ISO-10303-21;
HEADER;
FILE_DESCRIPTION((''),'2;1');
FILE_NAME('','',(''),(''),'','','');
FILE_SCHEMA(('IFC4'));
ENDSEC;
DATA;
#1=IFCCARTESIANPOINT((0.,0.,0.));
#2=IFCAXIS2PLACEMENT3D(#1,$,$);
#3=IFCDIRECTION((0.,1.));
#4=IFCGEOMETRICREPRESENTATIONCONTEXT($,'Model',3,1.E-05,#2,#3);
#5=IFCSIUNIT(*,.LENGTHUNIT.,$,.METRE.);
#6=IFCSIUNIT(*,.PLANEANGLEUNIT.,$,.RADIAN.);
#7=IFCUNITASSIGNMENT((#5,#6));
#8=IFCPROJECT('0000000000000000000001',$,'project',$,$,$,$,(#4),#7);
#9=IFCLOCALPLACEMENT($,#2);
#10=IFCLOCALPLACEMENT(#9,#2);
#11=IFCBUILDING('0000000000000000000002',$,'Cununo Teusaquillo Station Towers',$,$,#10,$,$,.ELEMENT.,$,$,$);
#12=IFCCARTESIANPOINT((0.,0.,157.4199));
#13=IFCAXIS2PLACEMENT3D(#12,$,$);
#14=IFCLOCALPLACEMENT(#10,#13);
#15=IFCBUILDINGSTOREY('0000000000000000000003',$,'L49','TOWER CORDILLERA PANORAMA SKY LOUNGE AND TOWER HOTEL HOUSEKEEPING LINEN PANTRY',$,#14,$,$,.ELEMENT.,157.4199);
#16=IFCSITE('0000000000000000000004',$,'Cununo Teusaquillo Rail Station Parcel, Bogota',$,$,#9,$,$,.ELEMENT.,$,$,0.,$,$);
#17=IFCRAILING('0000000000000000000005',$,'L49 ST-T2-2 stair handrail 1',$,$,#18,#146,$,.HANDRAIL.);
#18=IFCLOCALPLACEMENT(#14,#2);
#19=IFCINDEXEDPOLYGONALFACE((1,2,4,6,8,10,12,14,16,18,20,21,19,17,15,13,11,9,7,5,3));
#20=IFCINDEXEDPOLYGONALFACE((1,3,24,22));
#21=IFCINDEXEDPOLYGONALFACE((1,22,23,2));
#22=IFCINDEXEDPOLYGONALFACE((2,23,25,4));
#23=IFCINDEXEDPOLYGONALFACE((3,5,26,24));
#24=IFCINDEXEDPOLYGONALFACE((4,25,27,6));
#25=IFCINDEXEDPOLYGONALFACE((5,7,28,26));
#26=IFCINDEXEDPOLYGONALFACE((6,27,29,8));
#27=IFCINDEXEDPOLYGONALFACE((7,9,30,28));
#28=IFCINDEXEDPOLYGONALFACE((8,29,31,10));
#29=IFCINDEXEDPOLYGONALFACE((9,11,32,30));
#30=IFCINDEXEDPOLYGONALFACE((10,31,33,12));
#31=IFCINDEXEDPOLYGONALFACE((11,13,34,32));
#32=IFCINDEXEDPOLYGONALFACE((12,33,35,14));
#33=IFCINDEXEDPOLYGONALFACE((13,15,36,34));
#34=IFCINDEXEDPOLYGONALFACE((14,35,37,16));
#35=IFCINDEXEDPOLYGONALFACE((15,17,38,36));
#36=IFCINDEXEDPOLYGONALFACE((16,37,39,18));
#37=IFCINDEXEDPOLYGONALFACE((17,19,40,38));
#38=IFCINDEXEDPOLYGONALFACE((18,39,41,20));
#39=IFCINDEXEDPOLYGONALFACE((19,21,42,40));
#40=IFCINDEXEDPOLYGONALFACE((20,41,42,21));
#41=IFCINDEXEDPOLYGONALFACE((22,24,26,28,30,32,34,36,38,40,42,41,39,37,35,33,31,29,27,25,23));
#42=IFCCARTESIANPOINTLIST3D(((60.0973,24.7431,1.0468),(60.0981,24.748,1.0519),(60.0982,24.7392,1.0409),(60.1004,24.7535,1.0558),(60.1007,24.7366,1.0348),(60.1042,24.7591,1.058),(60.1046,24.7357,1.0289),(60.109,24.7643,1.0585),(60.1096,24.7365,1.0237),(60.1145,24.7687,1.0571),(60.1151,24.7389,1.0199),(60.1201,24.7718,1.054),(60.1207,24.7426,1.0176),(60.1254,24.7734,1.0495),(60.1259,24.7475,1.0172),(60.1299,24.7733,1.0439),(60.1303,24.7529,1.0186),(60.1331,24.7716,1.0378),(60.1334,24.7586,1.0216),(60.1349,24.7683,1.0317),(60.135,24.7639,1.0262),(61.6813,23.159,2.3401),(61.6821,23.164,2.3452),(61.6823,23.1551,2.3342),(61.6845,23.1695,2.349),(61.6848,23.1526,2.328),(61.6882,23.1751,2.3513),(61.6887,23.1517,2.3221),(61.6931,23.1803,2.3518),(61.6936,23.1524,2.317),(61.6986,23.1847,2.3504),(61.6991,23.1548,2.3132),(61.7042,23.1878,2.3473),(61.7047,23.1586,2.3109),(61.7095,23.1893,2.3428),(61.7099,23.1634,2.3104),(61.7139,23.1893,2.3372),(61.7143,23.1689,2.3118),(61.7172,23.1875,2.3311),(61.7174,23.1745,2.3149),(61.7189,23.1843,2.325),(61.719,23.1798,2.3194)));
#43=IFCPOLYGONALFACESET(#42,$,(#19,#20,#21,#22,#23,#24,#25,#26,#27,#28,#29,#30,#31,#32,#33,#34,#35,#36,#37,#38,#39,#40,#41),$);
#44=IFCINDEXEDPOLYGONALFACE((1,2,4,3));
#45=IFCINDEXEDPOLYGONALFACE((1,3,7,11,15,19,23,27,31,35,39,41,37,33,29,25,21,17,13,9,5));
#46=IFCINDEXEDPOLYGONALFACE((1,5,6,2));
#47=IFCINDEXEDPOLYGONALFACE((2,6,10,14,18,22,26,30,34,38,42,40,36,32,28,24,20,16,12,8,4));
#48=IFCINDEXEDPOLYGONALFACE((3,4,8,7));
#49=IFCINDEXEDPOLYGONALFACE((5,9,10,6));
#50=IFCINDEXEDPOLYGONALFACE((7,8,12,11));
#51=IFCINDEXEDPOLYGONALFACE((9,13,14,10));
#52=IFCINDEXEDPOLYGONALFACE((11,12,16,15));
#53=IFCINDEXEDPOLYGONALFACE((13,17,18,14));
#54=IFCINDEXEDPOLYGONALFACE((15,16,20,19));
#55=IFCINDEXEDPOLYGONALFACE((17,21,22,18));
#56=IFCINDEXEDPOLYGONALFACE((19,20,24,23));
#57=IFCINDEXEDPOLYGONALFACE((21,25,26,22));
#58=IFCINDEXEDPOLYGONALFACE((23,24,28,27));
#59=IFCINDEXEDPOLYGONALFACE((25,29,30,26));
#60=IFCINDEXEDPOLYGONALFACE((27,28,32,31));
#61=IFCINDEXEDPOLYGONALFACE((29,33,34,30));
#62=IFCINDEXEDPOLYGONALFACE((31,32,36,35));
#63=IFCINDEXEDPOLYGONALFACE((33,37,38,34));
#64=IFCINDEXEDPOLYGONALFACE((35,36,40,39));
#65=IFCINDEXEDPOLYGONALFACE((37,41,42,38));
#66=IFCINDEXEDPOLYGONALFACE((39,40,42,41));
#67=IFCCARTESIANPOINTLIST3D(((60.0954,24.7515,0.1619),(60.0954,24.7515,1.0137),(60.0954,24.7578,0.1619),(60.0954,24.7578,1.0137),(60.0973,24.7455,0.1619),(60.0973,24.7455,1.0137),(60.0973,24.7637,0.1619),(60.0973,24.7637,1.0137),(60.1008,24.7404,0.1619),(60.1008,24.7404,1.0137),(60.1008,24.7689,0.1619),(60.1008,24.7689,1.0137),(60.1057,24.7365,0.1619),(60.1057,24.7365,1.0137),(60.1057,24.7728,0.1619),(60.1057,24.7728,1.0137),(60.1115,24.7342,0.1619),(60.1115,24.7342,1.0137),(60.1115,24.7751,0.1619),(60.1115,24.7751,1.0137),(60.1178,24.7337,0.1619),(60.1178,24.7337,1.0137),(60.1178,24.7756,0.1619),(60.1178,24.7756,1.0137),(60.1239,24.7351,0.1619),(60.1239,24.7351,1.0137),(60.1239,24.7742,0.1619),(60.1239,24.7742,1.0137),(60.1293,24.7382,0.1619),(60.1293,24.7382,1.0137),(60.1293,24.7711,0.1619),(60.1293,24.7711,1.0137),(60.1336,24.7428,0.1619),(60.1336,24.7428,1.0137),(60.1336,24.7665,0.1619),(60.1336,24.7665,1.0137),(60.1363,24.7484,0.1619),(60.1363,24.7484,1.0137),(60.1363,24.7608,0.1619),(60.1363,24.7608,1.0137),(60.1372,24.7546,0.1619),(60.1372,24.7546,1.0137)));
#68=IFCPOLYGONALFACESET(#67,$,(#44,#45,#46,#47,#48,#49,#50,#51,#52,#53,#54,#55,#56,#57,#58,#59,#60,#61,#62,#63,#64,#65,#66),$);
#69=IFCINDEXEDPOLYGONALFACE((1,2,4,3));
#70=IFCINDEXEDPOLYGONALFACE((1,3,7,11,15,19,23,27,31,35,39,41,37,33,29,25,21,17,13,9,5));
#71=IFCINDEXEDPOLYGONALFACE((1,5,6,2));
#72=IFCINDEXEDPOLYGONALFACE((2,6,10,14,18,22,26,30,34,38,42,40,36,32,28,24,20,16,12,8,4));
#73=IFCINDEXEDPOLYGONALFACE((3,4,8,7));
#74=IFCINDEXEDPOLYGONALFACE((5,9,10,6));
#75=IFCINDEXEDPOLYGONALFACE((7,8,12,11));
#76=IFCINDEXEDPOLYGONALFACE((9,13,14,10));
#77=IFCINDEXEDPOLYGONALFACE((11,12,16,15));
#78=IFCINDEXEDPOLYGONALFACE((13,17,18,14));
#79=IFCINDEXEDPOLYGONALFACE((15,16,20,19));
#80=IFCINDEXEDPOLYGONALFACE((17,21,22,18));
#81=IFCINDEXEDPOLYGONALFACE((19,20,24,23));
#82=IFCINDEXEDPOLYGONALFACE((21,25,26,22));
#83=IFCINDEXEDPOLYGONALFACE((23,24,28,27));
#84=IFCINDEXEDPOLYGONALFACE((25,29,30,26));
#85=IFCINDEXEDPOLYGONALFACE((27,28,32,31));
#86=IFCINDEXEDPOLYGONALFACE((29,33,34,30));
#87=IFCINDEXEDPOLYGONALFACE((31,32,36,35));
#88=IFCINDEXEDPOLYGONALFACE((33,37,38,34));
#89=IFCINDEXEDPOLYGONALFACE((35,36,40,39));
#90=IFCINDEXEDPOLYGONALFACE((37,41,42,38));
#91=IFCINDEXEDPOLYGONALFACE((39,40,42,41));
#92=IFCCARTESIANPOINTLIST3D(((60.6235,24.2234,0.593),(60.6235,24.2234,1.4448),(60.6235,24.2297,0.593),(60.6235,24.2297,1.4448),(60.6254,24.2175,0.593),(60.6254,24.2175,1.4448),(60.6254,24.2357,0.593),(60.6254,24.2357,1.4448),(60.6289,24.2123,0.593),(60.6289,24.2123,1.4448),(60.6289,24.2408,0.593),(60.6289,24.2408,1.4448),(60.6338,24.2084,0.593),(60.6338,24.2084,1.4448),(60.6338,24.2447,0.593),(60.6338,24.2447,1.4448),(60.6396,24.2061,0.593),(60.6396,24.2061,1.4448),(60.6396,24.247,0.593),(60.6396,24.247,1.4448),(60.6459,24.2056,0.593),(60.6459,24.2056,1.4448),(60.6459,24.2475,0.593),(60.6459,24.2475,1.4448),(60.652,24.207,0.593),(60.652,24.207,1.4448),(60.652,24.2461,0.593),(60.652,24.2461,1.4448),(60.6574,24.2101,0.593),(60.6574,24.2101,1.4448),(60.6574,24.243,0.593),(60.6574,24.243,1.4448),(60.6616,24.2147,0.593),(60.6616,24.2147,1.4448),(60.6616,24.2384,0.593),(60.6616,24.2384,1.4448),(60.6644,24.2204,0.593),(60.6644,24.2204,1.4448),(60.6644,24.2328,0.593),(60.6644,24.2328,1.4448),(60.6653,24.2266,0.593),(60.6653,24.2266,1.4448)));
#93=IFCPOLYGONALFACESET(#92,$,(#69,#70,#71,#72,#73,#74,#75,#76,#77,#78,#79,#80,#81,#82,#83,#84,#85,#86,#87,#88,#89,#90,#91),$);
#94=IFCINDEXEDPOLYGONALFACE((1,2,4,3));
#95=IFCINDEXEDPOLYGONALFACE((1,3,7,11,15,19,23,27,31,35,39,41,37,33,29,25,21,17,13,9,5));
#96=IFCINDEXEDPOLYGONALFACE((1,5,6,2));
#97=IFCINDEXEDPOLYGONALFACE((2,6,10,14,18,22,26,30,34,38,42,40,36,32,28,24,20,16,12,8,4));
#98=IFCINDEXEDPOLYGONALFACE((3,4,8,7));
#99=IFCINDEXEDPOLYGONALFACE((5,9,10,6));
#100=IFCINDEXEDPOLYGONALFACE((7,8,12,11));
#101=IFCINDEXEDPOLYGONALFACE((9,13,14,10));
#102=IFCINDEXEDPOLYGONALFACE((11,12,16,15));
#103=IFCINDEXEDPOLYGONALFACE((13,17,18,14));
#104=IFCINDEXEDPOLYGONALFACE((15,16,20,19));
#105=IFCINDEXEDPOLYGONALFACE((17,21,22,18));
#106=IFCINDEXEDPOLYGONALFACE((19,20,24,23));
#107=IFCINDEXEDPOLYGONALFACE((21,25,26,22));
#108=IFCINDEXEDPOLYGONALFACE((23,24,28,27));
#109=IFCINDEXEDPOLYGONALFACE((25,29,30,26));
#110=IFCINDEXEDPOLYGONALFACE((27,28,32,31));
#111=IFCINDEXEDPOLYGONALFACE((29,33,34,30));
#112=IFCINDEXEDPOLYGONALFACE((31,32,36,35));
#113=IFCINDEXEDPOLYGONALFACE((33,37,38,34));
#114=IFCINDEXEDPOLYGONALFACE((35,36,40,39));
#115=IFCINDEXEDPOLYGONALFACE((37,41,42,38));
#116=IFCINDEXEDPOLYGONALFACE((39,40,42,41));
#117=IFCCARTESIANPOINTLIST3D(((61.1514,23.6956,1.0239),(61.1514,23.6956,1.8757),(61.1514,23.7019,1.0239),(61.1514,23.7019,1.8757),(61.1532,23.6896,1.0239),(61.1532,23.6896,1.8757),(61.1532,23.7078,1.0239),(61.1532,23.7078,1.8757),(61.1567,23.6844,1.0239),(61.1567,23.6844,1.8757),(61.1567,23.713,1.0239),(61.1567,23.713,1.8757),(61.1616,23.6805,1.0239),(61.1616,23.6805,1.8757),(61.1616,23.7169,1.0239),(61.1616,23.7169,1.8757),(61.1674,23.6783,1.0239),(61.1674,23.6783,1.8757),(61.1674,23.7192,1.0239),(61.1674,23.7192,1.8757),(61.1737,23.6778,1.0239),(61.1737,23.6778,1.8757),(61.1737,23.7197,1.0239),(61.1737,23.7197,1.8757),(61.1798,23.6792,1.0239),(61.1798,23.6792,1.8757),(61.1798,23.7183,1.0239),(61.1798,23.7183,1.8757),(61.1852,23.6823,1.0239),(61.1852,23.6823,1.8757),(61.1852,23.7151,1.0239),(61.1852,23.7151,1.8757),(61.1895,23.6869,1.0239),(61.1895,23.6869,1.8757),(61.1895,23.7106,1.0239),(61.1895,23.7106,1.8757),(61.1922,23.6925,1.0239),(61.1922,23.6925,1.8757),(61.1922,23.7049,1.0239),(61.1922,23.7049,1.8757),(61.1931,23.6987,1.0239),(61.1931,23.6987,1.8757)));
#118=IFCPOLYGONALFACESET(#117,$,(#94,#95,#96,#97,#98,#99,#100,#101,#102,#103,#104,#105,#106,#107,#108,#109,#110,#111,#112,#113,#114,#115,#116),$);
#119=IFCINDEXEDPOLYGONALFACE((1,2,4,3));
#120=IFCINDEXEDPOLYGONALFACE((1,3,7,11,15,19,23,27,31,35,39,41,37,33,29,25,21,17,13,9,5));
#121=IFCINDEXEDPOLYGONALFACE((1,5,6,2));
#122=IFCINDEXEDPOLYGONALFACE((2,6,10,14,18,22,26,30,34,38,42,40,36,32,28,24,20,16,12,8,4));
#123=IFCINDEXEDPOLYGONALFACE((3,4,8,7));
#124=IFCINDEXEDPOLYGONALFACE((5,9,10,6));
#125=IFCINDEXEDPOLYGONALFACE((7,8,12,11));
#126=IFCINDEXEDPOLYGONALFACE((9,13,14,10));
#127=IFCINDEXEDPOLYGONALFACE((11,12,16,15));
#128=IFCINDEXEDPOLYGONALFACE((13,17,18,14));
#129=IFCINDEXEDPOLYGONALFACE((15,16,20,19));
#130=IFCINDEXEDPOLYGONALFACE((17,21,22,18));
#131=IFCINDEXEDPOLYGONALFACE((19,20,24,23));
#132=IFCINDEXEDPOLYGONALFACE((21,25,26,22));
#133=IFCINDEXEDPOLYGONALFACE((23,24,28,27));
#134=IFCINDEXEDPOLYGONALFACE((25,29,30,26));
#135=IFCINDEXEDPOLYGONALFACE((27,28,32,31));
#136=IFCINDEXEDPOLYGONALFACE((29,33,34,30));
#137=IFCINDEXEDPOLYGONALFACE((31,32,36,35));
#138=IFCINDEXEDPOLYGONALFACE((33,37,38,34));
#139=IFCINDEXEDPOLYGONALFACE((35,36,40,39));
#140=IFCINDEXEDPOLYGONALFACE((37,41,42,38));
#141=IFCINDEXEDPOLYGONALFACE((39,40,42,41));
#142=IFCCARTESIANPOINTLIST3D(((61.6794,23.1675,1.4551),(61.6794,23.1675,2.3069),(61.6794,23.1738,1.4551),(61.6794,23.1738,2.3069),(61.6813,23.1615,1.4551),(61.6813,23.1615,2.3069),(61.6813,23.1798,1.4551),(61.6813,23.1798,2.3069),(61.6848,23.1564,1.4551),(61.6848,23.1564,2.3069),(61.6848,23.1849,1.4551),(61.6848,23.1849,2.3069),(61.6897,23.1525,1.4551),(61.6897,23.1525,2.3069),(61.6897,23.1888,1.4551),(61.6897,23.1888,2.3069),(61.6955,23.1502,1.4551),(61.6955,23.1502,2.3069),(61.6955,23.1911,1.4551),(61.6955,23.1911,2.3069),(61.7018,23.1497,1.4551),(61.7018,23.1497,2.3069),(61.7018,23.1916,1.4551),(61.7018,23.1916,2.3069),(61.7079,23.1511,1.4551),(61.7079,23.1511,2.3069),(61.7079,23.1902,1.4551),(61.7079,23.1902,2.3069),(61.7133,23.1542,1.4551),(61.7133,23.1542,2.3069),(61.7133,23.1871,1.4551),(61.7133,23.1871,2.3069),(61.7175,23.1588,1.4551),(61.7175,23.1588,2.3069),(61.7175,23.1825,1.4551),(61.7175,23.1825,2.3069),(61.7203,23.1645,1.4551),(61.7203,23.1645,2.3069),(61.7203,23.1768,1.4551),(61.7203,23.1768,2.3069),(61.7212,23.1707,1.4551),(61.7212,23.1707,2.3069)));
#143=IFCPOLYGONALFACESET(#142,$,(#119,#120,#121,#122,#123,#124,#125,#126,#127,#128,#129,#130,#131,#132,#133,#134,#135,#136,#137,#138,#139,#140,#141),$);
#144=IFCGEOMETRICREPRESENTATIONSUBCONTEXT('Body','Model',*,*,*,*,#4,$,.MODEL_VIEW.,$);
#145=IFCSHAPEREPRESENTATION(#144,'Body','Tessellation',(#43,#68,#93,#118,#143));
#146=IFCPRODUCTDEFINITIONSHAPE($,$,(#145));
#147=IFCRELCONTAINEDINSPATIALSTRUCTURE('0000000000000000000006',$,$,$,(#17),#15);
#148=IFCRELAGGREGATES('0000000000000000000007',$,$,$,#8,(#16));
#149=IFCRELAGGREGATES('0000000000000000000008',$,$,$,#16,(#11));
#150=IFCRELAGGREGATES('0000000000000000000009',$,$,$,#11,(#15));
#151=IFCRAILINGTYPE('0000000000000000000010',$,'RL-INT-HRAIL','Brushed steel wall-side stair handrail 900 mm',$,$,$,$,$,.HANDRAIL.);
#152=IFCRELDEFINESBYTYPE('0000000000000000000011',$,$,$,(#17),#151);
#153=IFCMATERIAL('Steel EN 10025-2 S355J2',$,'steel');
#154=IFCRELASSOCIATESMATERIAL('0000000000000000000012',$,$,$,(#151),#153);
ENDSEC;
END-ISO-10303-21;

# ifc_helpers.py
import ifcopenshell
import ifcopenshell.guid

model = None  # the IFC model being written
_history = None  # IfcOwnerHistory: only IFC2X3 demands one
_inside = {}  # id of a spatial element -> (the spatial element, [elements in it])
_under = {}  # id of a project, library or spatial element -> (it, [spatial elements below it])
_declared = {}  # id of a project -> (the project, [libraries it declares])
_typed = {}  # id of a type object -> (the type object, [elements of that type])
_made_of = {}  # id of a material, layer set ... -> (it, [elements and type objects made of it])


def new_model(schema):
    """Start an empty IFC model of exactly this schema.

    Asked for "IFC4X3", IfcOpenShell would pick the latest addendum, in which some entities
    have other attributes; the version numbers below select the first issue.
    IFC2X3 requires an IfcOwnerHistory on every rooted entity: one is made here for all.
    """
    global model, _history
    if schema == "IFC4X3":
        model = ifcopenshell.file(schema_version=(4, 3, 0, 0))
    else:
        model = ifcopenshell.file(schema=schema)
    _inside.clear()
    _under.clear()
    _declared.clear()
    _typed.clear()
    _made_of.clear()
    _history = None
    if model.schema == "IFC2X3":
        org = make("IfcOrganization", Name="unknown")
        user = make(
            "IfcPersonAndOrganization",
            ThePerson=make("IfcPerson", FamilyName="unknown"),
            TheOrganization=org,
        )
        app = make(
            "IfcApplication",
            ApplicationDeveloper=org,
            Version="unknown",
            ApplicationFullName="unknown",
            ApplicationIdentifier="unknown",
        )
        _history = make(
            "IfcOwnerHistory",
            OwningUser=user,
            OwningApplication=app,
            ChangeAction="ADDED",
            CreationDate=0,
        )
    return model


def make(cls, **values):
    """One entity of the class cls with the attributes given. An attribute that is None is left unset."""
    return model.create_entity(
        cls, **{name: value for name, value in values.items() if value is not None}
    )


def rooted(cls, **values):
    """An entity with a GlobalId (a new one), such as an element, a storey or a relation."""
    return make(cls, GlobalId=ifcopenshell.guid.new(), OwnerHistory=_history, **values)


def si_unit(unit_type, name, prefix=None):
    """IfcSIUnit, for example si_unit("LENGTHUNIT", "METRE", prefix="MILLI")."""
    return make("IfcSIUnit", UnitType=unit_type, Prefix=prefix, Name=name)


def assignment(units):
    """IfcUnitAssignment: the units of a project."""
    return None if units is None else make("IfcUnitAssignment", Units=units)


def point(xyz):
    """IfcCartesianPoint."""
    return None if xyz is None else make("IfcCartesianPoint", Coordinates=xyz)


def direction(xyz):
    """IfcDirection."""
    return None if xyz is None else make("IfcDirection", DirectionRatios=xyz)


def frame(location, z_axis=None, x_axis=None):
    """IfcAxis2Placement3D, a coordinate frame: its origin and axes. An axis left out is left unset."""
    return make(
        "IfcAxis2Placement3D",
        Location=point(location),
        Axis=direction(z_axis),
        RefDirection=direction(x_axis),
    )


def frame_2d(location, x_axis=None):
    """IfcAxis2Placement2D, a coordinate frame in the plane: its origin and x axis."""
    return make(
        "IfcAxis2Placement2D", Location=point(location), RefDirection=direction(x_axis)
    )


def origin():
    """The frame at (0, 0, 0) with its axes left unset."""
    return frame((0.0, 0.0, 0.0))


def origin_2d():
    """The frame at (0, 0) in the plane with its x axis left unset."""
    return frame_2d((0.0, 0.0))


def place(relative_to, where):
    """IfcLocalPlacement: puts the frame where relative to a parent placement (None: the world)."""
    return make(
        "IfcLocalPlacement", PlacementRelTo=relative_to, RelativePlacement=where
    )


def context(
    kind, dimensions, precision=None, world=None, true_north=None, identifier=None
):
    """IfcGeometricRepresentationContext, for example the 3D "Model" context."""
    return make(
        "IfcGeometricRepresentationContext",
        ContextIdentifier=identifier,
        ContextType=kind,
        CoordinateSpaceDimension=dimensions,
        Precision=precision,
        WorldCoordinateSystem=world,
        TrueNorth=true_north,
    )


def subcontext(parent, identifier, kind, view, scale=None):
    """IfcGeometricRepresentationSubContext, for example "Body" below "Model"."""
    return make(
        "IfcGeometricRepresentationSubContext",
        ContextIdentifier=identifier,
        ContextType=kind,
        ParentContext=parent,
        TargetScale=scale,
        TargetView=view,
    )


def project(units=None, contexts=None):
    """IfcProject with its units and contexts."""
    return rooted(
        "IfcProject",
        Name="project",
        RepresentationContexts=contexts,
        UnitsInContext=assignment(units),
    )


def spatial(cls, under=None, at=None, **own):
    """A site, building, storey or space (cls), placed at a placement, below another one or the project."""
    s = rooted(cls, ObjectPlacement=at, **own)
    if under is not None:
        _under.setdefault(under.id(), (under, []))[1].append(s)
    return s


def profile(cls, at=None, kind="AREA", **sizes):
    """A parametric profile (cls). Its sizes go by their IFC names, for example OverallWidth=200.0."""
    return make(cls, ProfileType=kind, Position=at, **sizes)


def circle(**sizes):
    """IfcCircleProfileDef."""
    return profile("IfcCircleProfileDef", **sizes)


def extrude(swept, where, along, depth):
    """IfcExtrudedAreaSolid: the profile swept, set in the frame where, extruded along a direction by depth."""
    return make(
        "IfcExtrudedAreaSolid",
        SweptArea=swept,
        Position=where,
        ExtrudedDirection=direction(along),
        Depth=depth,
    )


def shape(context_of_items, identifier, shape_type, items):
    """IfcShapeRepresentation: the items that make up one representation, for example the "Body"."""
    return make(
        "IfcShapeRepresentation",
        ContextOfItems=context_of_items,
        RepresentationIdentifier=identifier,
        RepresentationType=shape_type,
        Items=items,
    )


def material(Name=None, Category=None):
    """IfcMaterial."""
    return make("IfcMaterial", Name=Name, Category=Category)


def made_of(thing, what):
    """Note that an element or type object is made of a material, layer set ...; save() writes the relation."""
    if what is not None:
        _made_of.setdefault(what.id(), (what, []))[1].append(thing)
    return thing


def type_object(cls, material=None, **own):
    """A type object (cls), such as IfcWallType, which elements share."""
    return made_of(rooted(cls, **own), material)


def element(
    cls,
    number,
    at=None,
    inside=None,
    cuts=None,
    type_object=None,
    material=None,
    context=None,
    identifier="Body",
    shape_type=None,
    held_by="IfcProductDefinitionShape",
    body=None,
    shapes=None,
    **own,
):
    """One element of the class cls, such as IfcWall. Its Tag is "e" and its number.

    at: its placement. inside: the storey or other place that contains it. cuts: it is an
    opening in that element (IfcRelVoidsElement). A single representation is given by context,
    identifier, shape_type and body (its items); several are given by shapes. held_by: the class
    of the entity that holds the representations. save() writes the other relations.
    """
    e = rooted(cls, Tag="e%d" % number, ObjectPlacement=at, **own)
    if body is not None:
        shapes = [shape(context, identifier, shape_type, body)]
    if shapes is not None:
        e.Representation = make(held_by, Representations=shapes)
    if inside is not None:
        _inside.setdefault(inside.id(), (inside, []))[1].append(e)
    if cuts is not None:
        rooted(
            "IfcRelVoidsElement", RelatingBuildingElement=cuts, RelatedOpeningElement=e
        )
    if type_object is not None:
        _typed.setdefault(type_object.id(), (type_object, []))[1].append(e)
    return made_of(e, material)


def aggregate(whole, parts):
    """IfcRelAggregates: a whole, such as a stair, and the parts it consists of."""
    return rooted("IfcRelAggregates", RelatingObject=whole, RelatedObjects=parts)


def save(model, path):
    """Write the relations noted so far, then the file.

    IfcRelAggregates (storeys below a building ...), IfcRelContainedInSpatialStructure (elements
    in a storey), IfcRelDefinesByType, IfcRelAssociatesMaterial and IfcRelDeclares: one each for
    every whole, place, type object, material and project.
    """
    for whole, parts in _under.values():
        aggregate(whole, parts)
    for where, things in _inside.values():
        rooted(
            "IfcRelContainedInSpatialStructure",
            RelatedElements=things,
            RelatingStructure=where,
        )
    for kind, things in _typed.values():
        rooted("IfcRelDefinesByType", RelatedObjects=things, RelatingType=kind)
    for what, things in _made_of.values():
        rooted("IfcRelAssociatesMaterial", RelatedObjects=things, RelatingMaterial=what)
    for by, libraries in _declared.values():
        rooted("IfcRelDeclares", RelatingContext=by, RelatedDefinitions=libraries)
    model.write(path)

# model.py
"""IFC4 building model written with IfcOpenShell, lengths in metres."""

from ifc_helpers import new_model, si_unit, direction, frame, origin, origin_2d, place, context, subcontext, project, spatial, circle, extrude, material, type_object, element, save


model = new_model("IFC4")

# Units and contexts
model_context = context("Model", 3, precision=1e-05, world=origin(), true_north=direction((0.0, 1.0)))
body_context = subcontext(model_context, "Body", "Model", "MODEL_VIEW")
ifc_project = project(units=[si_unit("LENGTHUNIT", "METRE"), si_unit("PLANEANGLEUNIT", "RADIAN")], contexts=[model_context])

# Site, building, storey
site_placement = place(None, origin())
site = spatial("IfcSite", under=ifc_project, at=site_placement, Name="Cununo Teusaquillo Rail Station Parcel, Bogota", CompositionType="ELEMENT", RefElevation=0.0)
building_placement = place(site_placement, origin())
building = spatial("IfcBuilding", under=site, at=building_placement, Name="Cununo Teusaquillo Station Towers", CompositionType="ELEMENT")
storey_placement = place(building_placement, frame((0.0, 0.0, 157.4199)))
storey = spatial("IfcBuildingStorey", under=building, at=storey_placement, Name="L49", Description="TOWER CORDILLERA PANORAMA SKY LOUNGE AND TOWER HOTEL HOUSEKEEPING LINEN PANTRY", CompositionType="ELEMENT", Elevation=157.4199)

# Railing
ifc_material_1 = material(Name="Steel EN 10025-2 S355J2", Category="steel")
railing_type_1 = type_object("IfcRailingType", Name="RL-INT-HRAIL", Description="Brushed steel wall-side stair handrail 900 mm", PredefinedType="HANDRAIL", material=ifc_material_1)
railing_1_placement = place(storey_placement, frame((60.1162, 24.7546, 0.1619)))
element("IfcRailing", 1, at=railing_1_placement, inside=storey, type_object=railing_type_1, Name="L49 ST-T2-2 stair handrail 1", PredefinedType="HANDRAIL", context=body_context, shape_type="SweptSolid", body=[
    extrude(circle(Radius=0.0239, at=origin_2d()), frame((0.0, 0.0, 0.876), z_axis=(0.612385, -0.612385, 0.49997), x_axis=(0.707107, 0.707107, 0.0)), (0.0, 0.0, 1.0), 2.5867),
    extrude(circle(Radius=0.021, at=origin_2d()), origin(), (0.0, 0.0, 1.0), 0.8518),
    extrude(circle(Radius=0.021, at=origin_2d()), frame((0.5281, -0.5281, 0.4312)), (0.0, 0.0, 1.0), 0.8518),
    extrude(circle(Radius=0.021, at=origin_2d()), frame((1.0559, -1.0559, 0.8621)), (0.0, 0.0, 1.0), 0.8518),
    extrude(circle(Radius=0.021, at=origin_2d()), frame((1.584, -1.584, 1.2932)), (0.0, 0.0, 1.0), 0.8518),
])

save(model, "model.ifc")
